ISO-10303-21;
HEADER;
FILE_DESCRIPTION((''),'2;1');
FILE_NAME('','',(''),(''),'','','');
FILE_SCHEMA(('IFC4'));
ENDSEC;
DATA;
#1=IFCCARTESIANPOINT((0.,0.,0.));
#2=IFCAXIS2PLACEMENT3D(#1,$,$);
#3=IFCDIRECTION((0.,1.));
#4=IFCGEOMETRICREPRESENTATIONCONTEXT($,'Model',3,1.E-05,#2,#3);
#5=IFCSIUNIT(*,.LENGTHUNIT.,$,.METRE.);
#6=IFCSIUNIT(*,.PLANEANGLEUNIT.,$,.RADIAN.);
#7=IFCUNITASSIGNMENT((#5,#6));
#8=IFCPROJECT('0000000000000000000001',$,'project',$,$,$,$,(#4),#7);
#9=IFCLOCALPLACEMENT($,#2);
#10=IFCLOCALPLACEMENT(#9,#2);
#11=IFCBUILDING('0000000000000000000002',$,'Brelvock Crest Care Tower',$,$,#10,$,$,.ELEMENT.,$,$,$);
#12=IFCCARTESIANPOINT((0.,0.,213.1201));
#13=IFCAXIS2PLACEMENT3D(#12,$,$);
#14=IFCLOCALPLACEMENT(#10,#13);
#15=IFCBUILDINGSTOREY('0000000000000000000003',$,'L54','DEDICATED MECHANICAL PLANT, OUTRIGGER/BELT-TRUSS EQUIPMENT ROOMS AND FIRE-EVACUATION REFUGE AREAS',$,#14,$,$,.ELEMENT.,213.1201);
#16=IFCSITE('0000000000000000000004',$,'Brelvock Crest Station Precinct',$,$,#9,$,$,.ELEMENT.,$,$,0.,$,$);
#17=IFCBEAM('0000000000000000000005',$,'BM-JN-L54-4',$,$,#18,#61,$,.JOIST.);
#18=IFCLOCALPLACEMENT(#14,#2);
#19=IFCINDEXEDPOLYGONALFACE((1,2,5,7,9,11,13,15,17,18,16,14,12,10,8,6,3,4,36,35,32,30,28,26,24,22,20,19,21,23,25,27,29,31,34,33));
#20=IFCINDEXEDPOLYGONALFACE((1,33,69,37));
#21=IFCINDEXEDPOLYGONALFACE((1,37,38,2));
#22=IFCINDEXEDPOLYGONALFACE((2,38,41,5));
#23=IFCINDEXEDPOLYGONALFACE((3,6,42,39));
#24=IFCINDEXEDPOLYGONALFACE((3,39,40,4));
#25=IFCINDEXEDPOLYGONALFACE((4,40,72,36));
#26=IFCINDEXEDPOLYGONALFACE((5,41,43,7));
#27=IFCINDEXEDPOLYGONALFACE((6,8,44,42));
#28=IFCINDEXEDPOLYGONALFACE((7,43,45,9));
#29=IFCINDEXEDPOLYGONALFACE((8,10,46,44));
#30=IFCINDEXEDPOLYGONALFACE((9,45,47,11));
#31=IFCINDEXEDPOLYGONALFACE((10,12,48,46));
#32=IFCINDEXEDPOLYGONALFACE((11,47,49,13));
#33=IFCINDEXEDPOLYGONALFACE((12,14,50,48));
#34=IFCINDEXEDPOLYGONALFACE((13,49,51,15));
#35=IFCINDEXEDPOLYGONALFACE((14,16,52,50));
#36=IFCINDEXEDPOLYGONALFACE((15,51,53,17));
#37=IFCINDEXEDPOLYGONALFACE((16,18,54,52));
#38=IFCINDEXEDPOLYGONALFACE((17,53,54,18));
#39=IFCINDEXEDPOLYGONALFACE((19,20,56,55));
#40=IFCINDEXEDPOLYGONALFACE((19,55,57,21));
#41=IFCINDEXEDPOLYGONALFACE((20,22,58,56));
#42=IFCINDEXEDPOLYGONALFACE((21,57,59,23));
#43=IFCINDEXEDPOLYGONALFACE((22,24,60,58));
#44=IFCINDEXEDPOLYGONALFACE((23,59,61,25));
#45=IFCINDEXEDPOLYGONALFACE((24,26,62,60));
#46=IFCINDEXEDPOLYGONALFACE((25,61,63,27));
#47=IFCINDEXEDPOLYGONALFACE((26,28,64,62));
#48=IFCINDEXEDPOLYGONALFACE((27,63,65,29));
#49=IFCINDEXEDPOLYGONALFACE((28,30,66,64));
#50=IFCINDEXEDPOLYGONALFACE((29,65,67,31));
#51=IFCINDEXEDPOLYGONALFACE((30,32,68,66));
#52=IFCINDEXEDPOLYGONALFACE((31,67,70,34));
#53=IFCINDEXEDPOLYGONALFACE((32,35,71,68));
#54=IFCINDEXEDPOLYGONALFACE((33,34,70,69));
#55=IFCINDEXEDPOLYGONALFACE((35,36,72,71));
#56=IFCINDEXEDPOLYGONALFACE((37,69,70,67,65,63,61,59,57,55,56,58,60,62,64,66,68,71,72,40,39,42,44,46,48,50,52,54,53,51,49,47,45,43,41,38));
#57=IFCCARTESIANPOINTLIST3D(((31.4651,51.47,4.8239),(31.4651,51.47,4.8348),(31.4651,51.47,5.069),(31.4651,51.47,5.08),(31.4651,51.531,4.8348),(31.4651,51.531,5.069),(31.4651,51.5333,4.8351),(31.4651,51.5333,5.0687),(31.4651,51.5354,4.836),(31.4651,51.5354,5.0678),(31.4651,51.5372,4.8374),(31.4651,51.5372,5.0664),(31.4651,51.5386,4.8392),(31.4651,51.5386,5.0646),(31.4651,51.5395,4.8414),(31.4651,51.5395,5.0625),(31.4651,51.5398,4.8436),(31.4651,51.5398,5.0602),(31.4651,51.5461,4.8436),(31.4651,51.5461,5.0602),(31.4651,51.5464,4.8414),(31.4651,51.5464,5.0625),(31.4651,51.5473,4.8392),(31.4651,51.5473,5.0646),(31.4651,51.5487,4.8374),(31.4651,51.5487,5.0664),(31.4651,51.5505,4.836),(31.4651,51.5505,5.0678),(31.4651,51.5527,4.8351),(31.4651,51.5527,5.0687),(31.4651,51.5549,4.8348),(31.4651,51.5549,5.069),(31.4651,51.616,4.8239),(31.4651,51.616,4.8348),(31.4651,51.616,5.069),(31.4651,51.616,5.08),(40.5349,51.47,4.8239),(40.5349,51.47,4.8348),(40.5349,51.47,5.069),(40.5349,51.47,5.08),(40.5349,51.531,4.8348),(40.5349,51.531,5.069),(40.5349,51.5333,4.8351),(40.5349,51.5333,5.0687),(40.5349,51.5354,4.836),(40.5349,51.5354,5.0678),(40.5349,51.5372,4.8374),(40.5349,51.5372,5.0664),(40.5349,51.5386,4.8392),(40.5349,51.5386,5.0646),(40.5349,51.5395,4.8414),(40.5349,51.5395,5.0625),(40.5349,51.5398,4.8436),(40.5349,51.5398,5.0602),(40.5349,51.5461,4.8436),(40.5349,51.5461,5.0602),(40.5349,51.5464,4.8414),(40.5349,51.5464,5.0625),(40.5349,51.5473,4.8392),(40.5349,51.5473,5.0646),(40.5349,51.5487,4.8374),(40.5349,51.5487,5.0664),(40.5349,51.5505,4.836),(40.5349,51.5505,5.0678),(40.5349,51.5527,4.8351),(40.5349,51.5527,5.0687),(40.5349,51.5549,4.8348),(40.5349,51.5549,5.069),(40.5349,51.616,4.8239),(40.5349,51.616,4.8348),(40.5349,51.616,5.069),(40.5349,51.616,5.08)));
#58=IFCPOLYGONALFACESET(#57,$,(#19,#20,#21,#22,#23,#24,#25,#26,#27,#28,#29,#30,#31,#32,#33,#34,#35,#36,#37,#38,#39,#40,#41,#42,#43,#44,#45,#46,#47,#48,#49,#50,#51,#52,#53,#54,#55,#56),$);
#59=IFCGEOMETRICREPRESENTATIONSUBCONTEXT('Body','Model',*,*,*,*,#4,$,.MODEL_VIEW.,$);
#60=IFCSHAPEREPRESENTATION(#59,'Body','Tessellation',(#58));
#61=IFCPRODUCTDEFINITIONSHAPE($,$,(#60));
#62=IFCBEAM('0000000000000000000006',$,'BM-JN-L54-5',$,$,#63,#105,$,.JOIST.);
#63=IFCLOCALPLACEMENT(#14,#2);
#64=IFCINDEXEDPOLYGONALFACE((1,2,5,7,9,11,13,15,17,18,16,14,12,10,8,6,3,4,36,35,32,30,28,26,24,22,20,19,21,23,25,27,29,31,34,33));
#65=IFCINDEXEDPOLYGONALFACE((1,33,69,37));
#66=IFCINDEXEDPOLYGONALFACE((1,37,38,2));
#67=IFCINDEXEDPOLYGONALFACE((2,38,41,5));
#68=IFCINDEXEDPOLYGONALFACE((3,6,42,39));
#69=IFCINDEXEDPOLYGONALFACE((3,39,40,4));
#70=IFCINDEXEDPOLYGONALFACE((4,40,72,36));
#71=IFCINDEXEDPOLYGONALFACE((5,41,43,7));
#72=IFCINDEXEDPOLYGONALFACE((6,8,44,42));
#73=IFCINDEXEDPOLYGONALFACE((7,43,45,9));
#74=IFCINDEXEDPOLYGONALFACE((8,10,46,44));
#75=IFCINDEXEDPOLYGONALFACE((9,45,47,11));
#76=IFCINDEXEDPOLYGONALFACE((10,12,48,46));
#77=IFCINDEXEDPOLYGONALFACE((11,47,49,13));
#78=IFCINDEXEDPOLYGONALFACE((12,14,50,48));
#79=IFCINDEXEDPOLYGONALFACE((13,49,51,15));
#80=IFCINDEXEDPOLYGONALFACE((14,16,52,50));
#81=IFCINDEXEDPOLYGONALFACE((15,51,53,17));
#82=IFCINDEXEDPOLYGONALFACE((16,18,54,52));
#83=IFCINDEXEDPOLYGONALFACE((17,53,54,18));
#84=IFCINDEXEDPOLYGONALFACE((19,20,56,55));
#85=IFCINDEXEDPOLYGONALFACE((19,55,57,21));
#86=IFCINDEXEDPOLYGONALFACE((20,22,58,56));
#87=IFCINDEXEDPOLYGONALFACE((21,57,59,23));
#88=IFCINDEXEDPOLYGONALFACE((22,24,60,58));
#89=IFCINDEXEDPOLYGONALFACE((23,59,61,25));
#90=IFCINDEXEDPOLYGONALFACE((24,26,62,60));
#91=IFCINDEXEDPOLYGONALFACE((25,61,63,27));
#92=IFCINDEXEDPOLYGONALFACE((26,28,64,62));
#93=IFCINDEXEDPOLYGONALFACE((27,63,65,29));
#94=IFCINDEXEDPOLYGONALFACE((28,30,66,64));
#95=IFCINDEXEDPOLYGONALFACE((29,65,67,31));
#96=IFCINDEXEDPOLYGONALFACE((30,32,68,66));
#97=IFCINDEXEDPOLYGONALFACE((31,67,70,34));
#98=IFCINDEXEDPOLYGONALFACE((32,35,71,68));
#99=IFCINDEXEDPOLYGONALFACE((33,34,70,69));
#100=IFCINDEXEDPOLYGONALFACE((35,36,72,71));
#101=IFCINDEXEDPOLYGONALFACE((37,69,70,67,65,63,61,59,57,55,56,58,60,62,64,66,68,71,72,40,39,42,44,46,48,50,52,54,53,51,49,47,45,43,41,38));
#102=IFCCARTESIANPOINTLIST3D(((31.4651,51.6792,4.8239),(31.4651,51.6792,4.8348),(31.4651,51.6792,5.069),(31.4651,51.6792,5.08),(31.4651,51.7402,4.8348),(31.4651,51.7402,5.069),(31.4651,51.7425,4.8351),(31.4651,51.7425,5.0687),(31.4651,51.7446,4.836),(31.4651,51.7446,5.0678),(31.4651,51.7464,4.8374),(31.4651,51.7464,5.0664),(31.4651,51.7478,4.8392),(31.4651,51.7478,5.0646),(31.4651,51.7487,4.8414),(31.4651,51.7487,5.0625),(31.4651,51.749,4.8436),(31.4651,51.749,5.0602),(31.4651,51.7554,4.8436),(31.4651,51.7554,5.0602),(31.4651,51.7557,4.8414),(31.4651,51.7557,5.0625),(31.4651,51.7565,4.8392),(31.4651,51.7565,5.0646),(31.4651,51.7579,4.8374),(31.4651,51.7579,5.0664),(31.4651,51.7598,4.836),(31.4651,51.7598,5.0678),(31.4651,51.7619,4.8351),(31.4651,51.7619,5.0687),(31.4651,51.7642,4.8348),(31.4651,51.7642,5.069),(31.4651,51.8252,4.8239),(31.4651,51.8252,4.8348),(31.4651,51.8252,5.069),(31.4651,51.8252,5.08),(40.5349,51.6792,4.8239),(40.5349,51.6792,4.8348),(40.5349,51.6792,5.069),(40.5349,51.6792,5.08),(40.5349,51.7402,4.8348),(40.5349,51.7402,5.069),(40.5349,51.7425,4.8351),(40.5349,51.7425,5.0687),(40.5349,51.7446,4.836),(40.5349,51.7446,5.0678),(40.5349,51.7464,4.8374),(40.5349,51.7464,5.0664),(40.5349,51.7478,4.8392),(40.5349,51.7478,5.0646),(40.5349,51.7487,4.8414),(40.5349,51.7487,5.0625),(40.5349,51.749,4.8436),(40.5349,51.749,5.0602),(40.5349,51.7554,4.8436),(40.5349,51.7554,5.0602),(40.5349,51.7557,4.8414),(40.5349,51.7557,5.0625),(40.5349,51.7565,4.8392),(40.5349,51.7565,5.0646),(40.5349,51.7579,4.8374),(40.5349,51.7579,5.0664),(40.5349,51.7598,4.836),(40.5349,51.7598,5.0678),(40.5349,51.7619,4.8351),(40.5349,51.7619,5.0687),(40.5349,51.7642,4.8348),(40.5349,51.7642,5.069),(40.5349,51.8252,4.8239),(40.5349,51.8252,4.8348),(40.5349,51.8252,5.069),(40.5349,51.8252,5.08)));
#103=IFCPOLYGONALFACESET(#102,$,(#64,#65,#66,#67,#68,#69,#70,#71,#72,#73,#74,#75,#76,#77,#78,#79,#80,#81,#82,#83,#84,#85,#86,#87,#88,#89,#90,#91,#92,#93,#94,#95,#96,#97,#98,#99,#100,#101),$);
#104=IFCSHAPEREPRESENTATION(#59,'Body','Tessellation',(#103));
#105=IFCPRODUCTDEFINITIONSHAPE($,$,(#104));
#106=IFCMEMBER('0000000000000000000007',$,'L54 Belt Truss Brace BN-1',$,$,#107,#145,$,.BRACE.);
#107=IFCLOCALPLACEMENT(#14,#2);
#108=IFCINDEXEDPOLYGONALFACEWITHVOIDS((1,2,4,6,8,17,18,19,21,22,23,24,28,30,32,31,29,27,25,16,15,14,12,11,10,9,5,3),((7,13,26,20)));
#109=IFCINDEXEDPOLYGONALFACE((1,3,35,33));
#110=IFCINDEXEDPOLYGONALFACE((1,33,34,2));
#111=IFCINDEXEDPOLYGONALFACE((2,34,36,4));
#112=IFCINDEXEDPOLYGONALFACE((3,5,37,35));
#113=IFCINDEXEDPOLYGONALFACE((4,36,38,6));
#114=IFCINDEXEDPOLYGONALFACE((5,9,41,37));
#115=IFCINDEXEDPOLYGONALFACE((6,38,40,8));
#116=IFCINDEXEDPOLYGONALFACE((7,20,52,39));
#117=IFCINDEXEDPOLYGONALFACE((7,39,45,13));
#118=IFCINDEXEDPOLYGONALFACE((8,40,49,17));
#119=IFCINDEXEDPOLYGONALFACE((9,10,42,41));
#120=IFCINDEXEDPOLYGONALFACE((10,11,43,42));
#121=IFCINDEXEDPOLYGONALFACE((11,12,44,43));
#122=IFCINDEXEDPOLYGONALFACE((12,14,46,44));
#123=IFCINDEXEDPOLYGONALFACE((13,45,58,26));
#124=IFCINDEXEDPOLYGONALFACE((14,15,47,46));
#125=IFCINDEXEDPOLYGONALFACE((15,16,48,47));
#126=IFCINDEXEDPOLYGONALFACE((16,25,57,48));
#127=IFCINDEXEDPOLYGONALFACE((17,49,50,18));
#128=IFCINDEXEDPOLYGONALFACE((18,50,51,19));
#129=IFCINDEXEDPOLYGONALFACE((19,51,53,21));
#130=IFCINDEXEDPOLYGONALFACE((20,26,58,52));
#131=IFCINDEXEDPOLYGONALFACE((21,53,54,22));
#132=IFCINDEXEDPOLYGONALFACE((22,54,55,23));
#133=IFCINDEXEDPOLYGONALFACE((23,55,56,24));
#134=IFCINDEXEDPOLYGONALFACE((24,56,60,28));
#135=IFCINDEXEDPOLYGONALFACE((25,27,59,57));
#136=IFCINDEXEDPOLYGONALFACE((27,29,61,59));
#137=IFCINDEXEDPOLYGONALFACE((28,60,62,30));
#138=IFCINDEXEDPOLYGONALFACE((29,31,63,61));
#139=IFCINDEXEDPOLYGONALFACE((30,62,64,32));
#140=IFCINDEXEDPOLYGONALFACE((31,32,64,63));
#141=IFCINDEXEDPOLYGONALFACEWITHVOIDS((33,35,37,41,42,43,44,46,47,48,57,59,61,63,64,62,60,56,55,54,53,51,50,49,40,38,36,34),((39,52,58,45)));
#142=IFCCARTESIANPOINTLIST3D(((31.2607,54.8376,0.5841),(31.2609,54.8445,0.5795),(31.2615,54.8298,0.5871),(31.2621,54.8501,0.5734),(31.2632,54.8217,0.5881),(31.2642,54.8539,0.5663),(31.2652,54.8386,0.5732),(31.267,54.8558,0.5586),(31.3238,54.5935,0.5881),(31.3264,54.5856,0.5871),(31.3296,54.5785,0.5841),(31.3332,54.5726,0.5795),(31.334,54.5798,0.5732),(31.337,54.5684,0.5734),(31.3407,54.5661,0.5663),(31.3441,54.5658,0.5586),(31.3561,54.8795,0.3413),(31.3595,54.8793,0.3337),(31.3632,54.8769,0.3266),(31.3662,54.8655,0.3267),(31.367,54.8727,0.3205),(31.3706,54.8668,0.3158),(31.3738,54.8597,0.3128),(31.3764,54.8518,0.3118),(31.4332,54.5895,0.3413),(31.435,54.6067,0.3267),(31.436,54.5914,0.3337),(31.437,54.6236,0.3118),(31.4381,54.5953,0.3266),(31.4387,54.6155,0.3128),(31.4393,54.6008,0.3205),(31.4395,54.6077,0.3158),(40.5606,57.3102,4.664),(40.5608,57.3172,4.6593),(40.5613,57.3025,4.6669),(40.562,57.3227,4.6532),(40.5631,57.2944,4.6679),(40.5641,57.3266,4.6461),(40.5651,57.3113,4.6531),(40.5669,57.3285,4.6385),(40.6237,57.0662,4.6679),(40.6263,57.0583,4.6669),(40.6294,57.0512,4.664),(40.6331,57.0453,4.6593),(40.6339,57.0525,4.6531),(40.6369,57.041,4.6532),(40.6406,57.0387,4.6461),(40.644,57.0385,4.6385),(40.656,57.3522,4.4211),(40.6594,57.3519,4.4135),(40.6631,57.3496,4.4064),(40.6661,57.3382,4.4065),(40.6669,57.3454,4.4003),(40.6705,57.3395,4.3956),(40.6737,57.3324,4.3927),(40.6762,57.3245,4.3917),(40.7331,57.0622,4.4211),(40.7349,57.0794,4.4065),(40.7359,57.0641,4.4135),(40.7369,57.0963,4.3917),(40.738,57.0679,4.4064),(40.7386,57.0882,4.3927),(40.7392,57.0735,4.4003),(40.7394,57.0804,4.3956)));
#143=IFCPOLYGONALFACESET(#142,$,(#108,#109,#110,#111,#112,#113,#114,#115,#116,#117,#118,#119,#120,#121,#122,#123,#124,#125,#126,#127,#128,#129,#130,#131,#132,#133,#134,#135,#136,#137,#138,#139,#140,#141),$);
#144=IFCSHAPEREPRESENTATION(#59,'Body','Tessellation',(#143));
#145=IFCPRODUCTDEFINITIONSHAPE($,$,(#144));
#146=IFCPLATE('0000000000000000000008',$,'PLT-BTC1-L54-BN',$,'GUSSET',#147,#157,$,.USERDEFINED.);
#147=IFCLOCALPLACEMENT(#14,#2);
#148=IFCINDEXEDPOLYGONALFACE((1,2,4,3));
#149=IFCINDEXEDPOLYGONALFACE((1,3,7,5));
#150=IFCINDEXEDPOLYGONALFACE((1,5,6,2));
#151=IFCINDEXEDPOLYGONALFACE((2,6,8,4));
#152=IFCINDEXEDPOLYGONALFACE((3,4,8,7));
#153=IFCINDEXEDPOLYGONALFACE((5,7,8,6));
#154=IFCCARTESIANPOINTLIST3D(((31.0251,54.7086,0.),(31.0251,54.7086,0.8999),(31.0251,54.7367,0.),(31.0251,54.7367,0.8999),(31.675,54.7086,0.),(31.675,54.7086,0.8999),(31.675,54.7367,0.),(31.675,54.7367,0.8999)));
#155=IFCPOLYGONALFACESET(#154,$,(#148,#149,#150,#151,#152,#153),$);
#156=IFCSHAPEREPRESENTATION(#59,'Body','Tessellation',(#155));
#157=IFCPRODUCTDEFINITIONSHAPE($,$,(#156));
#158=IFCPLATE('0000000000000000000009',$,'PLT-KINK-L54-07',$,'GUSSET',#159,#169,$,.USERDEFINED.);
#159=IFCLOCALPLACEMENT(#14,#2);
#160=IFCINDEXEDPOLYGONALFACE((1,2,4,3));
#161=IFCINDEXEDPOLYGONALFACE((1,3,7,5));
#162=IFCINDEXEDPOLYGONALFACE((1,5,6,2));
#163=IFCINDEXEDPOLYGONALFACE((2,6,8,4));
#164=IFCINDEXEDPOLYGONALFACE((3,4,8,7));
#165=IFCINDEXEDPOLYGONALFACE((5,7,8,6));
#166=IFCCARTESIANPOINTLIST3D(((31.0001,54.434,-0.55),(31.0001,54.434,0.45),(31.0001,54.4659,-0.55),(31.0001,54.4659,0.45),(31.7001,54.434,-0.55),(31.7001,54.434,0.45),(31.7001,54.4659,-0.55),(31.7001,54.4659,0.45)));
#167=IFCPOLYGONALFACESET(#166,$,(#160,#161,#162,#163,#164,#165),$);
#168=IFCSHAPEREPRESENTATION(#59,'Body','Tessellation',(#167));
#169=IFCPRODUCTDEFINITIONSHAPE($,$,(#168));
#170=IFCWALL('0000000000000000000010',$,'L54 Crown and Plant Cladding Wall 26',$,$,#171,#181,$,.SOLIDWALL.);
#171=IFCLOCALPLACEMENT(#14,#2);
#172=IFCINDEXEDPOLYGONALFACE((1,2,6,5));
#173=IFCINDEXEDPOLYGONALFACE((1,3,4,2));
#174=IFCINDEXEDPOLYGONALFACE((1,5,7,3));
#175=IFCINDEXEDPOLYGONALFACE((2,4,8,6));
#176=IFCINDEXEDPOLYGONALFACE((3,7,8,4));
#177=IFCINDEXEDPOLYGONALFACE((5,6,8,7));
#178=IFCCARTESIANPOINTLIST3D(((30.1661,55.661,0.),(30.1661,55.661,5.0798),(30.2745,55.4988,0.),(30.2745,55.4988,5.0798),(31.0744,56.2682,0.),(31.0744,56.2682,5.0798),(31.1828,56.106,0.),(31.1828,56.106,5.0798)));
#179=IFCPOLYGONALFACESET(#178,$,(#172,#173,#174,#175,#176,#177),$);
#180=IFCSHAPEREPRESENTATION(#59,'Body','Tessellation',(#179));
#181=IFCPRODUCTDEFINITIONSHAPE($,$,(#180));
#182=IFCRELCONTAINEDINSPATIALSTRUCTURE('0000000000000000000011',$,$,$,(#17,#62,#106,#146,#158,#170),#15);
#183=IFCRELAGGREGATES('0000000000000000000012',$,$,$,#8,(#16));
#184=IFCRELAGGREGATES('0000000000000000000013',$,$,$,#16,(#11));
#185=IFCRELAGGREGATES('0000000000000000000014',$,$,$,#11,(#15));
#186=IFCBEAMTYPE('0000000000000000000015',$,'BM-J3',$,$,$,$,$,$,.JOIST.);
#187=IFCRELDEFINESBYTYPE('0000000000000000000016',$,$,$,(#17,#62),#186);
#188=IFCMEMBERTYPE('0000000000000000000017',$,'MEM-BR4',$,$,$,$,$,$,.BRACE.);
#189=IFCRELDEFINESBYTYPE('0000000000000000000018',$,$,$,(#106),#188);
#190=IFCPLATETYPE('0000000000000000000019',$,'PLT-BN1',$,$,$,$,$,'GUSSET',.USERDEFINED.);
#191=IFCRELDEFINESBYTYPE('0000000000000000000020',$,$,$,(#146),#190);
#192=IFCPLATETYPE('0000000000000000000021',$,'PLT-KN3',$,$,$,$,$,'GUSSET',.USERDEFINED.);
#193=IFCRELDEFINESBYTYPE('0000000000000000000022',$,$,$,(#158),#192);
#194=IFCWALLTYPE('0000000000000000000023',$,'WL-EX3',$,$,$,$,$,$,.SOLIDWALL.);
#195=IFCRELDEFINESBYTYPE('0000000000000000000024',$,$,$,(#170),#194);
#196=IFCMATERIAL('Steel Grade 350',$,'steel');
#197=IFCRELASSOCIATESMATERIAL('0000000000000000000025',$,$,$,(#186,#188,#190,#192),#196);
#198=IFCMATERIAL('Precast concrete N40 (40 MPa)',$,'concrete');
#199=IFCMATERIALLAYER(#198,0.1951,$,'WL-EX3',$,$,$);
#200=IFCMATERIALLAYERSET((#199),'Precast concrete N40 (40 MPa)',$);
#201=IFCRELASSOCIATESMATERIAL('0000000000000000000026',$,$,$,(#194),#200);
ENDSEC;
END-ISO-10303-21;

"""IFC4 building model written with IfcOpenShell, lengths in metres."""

from ifc_helpers import new_model, si_unit, direction, frame, frame_2d, origin, origin_2d, place, context, subcontext, project, spatial, rectangle, hollow_rectangle, i_section, extrude, source, transform, mapped, material, layer, layer_set, material_profile, profile_set, type_object, element, save


model = new_model("IFC4")

# Units and contexts
model_context = context("Model", 3, precision=1e-05, world=origin(), true_north=direction((0.0, 1.0)))
body_context = subcontext(model_context, "Body", "Model", "MODEL_VIEW")
ifc_project = project(units=[si_unit("LENGTHUNIT", "METRE"), si_unit("PLANEANGLEUNIT", "RADIAN")], contexts=[model_context])

# Site, building, storey
site_placement = place(None, origin())
site = spatial("IfcSite", under=ifc_project, at=site_placement, Name="Brelvock Crest Station Precinct", CompositionType="ELEMENT", RefElevation=0.0)
building_placement = place(site_placement, origin())
building = spatial("IfcBuilding", under=site, at=building_placement, Name="Brelvock Crest Care Tower", CompositionType="ELEMENT")
storey_placement = place(building_placement, frame((0.0, 0.0, 213.1201)))
storey = spatial("IfcBuildingStorey", under=building, at=storey_placement, Name="L54", Description="DEDICATED MECHANICAL PLANT, OUTRIGGER/BELT-TRUSS EQUIPMENT ROOMS AND FIRE-EVACUATION REFUGE AREAS", CompositionType="ELEMENT", Elevation=213.1201)

# Shared definitions
ifc_material_1 = material(Name="Steel Grade 350", Category="steel")

# Beams
ifc_material_profile_1 = material_profile(ifc_material_1, i_section(OverallWidth=0.146, OverallDepth=0.2561, WebThickness=0.0063, FlangeThickness=0.011, FilletRadius=0.0088, at=origin_2d()), Name="250UB37.3")
ifc_profile_set_1 = profile_set([ifc_material_profile_1], Name="Steel Grade 350")
beam_type_1 = type_object("IfcBeamType", Name="BM-J3", PredefinedType="JOIST", material=ifc_profile_set_1)
shared_shape_1 = source(origin(), body_context, "Body", "SweptSolid", [
    extrude(i_section(OverallWidth=0.146, OverallDepth=0.2561, WebThickness=0.0063, FlangeThickness=0.011, FilletRadius=0.0088, at=origin_2d()), origin(), (0.0, 0.0, 1.0), 9.0698),
])
for number, where, z_axis, x_axis, name in (
    (1, (31.4651, 51.543, 4.9519), (1.0, 0.0, 0.0), (0.0, 1.0, 0.0), "BM-JN-L54-4"),
    (2, (31.4651, 51.7522, 4.9519), (1.0, 0.0, 0.0), (0.0, 1.0, 0.0), "BM-JN-L54-5"),
):
    element("IfcBeam", number, at=place(storey_placement, frame(where, z_axis=z_axis, x_axis=x_axis)), inside=storey, type_object=beam_type_1, Name=name, PredefinedType="JOIST", context=body_context, shape_type="MappedRepresentation", body=[
        mapped(shared_shape_1, transform((0.0, 0.0, 0.0), x_axis=(1.0, 0.0, 0.0), y_axis=(0.0, 1.0, 0.0), z_axis=(0.0, 0.0, 1.0), scale=1.0)),
    ])

# Member
ifc_material_profile_2 = material_profile(ifc_material_1, hollow_rectangle(XDim=0.3, YDim=0.3, WallThickness=0.0161, OuterFilletRadius=0.032, at=origin_2d()), Name="SHS300x300x16.0")
ifc_profile_set_2 = profile_set([ifc_material_profile_2], Name="Steel Grade 350")
member_type = type_object("IfcMemberType", Name="MEM-BR4", PredefinedType="BRACE", material=ifc_profile_set_2)
shared_shape_2 = source(origin(), body_context, "Body", "SweptSolid", [
    extrude(hollow_rectangle(XDim=0.3, YDim=0.3, WallThickness=0.0161, OuterFilletRadius=0.032, at=origin_2d()), origin(), (0.0, 0.0, 1.0), 10.4521),
])
member_placement = place(storey_placement, frame((31.3501, 54.7227, 0.45), z_axis=(0.889759, 0.236571, 0.390338), x_axis=(-0.256955, 0.966423, 0.0)))
element("IfcMember", 3, at=member_placement, inside=storey, type_object=member_type, Name="L54 Belt Truss Brace BN-1", PredefinedType="BRACE", context=body_context, shape_type="MappedRepresentation", body=[
    mapped(shared_shape_2, transform((0.0, 0.0, 0.0), x_axis=(1.0, 0.0, 0.0), y_axis=(0.0, 1.0, 0.0), z_axis=(0.0, 0.0, 1.0), scale=1.0)),
])

# Plates
plate_type_1 = type_object("IfcPlateType", Name="PLT-BN1", ElementType="GUSSET", PredefinedType="USERDEFINED", material=ifc_material_1)
shared_shape_3 = source(origin(), body_context, "Body", "SweptSolid", [
    extrude(rectangle(XDim=0.6499, YDim=0.0281, at=origin_2d()), origin(), (0.0, 0.0, 1.0), 0.8999),
])
plate_1_placement = place(storey_placement, frame((31.3501, 54.7227, 0.0), z_axis=(0.0, 0.0, 1.0), x_axis=(1.0, 0.0, 0.0)))
element("IfcPlate", 4, at=plate_1_placement, inside=storey, type_object=plate_type_1, Name="PLT-BTC1-L54-BN", ObjectType="GUSSET", PredefinedType="USERDEFINED", context=body_context, shape_type="MappedRepresentation", body=[
    mapped(shared_shape_3, transform((0.0, 0.0, 0.0), x_axis=(1.0, 0.0, 0.0), y_axis=(0.0, 1.0, 0.0), z_axis=(0.0, 0.0, 1.0), scale=1.0)),
])
plate_type_2 = type_object("IfcPlateType", Name="PLT-KN3", ElementType="GUSSET", PredefinedType="USERDEFINED", material=ifc_material_1)
shared_shape_4 = source(origin(), body_context, "Body", "SweptSolid", [
    extrude(rectangle(XDim=0.7, YDim=0.032, at=origin_2d()), origin(), (0.0, 0.0, 1.0), 1.0),
])
plate_2_placement = place(storey_placement, frame((31.3501, 54.45, -0.55), z_axis=(0.0, 0.0, 1.0), x_axis=(1.0, 0.0, 0.0)))
element("IfcPlate", 5, at=plate_2_placement, inside=storey, type_object=plate_type_2, Name="PLT-KINK-L54-07", ObjectType="GUSSET", PredefinedType="USERDEFINED", context=body_context, shape_type="MappedRepresentation", body=[
    mapped(shared_shape_4, transform((0.0, 0.0, 0.0), x_axis=(1.0, 0.0, 0.0), y_axis=(0.0, 1.0, 0.0), z_axis=(0.0, 0.0, 1.0), scale=1.0)),
])

# Wall
ifc_material_2 = material(Name="Precast concrete N40 (40 MPa)", Category="concrete")
ifc_layer = layer(ifc_material_2, 0.1951, Name="WL-EX3")
ifc_layer_set = layer_set([ifc_layer], Name="Precast concrete N40 (40 MPa)")
wall_type = type_object("IfcWallType", Name="WL-EX3", PredefinedType="SOLIDWALL", material=ifc_layer_set)
wall_1_placement = place(storey_placement, frame((30.2202, 55.5798, 0.0), z_axis=(0.0, 0.0, 1.0), x_axis=(0.831328, 0.555783, 0.0)))
element("IfcWall", 6, at=wall_1_placement, inside=storey, type_object=wall_type, Name="L54 Crown and Plant Cladding Wall 26", PredefinedType="SOLIDWALL", context=body_context, shape_type="SweptSolid", body=[
    extrude(rectangle(XDim=1.0925, YDim=0.1951, at=frame_2d((0.5464, 0.0))), origin(), (0.0, 0.0, 1.0), 5.0798),
])

save(model, "model.ifc")
